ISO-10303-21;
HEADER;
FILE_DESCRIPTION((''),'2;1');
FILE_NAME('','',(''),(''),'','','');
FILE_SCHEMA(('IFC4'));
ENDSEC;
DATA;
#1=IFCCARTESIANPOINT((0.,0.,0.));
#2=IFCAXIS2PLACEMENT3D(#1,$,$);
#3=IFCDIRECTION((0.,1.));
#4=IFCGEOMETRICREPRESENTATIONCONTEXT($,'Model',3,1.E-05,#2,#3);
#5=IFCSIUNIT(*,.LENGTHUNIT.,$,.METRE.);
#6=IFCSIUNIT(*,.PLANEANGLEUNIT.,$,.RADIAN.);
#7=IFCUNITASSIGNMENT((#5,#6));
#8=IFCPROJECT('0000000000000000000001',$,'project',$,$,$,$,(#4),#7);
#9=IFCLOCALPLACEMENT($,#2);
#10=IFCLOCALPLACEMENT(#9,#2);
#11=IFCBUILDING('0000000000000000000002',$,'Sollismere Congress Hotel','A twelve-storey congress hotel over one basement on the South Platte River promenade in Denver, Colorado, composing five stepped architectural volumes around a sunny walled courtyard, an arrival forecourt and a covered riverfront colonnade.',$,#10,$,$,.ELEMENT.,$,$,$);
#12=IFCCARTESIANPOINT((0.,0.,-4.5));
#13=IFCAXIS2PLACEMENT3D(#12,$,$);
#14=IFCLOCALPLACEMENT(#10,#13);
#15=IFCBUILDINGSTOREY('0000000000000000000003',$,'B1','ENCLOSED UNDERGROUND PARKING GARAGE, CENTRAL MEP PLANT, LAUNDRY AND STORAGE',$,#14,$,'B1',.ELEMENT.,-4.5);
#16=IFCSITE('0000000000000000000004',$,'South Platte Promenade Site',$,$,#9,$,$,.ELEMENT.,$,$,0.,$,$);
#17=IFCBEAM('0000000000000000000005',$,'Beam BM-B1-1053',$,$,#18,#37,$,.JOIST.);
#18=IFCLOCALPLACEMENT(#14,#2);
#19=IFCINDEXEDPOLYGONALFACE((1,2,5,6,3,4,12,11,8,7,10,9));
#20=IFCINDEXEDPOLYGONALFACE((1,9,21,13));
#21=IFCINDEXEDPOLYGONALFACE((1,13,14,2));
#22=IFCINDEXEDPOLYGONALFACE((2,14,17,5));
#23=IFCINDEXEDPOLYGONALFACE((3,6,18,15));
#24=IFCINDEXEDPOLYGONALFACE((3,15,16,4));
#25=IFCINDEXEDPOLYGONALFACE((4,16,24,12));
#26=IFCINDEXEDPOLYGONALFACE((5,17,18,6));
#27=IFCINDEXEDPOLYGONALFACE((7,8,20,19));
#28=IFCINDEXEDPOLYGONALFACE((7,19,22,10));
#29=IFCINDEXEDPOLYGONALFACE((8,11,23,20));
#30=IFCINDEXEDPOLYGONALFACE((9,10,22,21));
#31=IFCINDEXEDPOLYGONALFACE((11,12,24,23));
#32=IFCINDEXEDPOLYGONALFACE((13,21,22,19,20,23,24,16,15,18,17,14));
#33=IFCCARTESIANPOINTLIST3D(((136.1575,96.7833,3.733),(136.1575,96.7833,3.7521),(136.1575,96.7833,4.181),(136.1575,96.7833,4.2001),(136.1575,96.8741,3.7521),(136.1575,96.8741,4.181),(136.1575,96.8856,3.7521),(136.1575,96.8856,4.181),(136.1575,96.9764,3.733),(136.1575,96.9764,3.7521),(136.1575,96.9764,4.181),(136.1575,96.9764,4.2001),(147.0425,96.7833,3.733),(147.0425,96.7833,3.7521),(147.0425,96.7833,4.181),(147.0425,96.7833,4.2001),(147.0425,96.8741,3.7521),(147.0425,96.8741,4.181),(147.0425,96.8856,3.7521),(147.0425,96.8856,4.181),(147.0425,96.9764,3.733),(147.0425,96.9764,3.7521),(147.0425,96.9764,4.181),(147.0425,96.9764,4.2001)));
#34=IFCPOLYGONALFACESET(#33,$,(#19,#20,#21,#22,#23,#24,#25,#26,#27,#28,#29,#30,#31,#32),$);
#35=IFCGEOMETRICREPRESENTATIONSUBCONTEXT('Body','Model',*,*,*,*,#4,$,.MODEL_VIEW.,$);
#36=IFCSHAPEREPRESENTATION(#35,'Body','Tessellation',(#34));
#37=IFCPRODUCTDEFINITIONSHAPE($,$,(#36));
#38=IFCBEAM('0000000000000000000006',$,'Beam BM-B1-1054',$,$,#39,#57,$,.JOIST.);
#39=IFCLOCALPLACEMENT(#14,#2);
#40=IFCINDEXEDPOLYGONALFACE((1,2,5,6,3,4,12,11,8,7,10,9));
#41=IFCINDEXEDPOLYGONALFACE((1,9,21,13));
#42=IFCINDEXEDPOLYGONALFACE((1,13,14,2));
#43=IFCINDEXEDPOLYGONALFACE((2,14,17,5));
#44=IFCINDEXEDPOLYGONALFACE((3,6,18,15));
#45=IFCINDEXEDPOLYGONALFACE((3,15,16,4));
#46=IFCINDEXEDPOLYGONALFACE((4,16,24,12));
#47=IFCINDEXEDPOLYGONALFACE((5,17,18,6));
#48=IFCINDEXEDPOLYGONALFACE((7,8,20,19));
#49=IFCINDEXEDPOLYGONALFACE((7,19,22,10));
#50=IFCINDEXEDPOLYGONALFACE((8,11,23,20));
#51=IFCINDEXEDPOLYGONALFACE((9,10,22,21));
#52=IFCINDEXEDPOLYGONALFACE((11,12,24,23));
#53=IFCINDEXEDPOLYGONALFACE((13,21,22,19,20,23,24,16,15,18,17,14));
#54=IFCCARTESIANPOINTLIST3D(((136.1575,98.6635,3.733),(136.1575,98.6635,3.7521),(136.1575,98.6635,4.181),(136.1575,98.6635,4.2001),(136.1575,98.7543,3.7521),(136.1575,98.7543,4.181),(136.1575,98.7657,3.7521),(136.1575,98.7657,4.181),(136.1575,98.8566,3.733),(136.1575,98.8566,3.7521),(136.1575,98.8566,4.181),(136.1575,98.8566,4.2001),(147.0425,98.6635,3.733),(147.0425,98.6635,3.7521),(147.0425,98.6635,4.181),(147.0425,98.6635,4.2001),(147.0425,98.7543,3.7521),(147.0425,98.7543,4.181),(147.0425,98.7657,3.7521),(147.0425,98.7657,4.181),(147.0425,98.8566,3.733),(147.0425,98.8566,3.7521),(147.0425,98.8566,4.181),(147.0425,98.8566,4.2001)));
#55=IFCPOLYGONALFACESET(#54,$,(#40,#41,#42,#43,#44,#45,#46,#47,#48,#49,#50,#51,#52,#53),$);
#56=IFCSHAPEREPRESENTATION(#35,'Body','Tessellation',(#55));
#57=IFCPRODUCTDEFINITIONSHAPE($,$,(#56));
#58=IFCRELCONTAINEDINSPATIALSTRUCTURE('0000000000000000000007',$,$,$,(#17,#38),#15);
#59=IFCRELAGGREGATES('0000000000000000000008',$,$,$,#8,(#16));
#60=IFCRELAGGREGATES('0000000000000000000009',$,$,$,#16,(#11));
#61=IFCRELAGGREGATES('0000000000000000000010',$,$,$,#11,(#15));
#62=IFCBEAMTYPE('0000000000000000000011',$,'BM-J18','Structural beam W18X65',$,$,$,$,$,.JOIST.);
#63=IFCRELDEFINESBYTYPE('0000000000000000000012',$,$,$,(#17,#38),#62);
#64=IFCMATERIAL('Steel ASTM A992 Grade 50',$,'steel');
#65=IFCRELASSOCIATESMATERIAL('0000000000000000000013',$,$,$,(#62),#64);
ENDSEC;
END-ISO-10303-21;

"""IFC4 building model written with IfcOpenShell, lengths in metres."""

from ifc_helpers import new_model, si_unit, direction, frame, origin, origin_2d, place, context, subcontext, project, spatial, i_section, extrude, material, material_profile, profile_set, type_object, element, save


model = new_model("IFC4")

# Units and contexts
model_context = context("Model", 3, precision=1e-05, world=origin(), true_north=direction((0.0, 1.0)))
body_context = subcontext(model_context, "Body", "Model", "MODEL_VIEW")
ifc_project = project(units=[si_unit("LENGTHUNIT", "METRE"), si_unit("PLANEANGLEUNIT", "RADIAN")], contexts=[model_context])

# Site, building, storey
site_placement = place(None, origin())
site = spatial("IfcSite", under=ifc_project, at=site_placement, Name="South Platte Promenade Site", CompositionType="ELEMENT", RefElevation=0.0)
building_placement = place(site_placement, origin())
building = spatial("IfcBuilding", under=site, at=building_placement, Name="Sollismere Congress Hotel", Description="A twelve-storey congress hotel over one basement on the South Platte River promenade in Denver, Colorado, composing five stepped architectural volumes around a sunny walled courtyard, an arrival forecourt and a covered riverfront colonnade.", CompositionType="ELEMENT")
storey_placement = place(building_placement, frame((0.0, 0.0, -4.5)))
storey = spatial("IfcBuildingStorey", under=building, at=storey_placement, Name="B1", Description="ENCLOSED UNDERGROUND PARKING GARAGE, CENTRAL MEP PLANT, LAUNDRY AND STORAGE", LongName="B1", CompositionType="ELEMENT", Elevation=-4.5)

# Beams
ifc_material_1 = material(Name="Steel ASTM A992 Grade 50", Category="steel")
ifc_material_profile_1 = material_profile(ifc_material_1, i_section(OverallWidth=0.1931, OverallDepth=0.467, WebThickness=0.0115, FlangeThickness=0.019, at=origin_2d()), Name="W18X65")
ifc_profile_set_1 = profile_set([ifc_material_profile_1], Name="Steel ASTM A992 Grade 50")
beam_type_1 = type_object("IfcBeamType", Name="BM-J18", Description="Structural beam W18X65", PredefinedType="JOIST", material=ifc_profile_set_1)
for number, where, z_axis, x_axis, name in (
    (1, (136.1575, 96.8799, 3.9666), (1.0, 0.0, 0.0), (0.0, 1.0, 0.0), "Beam BM-B1-1053"),
    (2, (136.1575, 98.76, 3.9666), (1.0, 0.0, 0.0), (0.0, 1.0, 0.0), "Beam BM-B1-1054"),
):
    element("IfcBeam", number, at=place(storey_placement, frame(where, z_axis=z_axis, x_axis=x_axis)), inside=storey, type_object=beam_type_1, Name=name, PredefinedType="JOIST", context=body_context, shape_type="SweptSolid", body=[
        extrude(i_section(OverallWidth=0.1931, OverallDepth=0.467, WebThickness=0.0115, FlangeThickness=0.019, at=origin_2d()), origin(), (0.0, 0.0, 1.0), 10.885),
    ])

save(model, "model.ifc")
